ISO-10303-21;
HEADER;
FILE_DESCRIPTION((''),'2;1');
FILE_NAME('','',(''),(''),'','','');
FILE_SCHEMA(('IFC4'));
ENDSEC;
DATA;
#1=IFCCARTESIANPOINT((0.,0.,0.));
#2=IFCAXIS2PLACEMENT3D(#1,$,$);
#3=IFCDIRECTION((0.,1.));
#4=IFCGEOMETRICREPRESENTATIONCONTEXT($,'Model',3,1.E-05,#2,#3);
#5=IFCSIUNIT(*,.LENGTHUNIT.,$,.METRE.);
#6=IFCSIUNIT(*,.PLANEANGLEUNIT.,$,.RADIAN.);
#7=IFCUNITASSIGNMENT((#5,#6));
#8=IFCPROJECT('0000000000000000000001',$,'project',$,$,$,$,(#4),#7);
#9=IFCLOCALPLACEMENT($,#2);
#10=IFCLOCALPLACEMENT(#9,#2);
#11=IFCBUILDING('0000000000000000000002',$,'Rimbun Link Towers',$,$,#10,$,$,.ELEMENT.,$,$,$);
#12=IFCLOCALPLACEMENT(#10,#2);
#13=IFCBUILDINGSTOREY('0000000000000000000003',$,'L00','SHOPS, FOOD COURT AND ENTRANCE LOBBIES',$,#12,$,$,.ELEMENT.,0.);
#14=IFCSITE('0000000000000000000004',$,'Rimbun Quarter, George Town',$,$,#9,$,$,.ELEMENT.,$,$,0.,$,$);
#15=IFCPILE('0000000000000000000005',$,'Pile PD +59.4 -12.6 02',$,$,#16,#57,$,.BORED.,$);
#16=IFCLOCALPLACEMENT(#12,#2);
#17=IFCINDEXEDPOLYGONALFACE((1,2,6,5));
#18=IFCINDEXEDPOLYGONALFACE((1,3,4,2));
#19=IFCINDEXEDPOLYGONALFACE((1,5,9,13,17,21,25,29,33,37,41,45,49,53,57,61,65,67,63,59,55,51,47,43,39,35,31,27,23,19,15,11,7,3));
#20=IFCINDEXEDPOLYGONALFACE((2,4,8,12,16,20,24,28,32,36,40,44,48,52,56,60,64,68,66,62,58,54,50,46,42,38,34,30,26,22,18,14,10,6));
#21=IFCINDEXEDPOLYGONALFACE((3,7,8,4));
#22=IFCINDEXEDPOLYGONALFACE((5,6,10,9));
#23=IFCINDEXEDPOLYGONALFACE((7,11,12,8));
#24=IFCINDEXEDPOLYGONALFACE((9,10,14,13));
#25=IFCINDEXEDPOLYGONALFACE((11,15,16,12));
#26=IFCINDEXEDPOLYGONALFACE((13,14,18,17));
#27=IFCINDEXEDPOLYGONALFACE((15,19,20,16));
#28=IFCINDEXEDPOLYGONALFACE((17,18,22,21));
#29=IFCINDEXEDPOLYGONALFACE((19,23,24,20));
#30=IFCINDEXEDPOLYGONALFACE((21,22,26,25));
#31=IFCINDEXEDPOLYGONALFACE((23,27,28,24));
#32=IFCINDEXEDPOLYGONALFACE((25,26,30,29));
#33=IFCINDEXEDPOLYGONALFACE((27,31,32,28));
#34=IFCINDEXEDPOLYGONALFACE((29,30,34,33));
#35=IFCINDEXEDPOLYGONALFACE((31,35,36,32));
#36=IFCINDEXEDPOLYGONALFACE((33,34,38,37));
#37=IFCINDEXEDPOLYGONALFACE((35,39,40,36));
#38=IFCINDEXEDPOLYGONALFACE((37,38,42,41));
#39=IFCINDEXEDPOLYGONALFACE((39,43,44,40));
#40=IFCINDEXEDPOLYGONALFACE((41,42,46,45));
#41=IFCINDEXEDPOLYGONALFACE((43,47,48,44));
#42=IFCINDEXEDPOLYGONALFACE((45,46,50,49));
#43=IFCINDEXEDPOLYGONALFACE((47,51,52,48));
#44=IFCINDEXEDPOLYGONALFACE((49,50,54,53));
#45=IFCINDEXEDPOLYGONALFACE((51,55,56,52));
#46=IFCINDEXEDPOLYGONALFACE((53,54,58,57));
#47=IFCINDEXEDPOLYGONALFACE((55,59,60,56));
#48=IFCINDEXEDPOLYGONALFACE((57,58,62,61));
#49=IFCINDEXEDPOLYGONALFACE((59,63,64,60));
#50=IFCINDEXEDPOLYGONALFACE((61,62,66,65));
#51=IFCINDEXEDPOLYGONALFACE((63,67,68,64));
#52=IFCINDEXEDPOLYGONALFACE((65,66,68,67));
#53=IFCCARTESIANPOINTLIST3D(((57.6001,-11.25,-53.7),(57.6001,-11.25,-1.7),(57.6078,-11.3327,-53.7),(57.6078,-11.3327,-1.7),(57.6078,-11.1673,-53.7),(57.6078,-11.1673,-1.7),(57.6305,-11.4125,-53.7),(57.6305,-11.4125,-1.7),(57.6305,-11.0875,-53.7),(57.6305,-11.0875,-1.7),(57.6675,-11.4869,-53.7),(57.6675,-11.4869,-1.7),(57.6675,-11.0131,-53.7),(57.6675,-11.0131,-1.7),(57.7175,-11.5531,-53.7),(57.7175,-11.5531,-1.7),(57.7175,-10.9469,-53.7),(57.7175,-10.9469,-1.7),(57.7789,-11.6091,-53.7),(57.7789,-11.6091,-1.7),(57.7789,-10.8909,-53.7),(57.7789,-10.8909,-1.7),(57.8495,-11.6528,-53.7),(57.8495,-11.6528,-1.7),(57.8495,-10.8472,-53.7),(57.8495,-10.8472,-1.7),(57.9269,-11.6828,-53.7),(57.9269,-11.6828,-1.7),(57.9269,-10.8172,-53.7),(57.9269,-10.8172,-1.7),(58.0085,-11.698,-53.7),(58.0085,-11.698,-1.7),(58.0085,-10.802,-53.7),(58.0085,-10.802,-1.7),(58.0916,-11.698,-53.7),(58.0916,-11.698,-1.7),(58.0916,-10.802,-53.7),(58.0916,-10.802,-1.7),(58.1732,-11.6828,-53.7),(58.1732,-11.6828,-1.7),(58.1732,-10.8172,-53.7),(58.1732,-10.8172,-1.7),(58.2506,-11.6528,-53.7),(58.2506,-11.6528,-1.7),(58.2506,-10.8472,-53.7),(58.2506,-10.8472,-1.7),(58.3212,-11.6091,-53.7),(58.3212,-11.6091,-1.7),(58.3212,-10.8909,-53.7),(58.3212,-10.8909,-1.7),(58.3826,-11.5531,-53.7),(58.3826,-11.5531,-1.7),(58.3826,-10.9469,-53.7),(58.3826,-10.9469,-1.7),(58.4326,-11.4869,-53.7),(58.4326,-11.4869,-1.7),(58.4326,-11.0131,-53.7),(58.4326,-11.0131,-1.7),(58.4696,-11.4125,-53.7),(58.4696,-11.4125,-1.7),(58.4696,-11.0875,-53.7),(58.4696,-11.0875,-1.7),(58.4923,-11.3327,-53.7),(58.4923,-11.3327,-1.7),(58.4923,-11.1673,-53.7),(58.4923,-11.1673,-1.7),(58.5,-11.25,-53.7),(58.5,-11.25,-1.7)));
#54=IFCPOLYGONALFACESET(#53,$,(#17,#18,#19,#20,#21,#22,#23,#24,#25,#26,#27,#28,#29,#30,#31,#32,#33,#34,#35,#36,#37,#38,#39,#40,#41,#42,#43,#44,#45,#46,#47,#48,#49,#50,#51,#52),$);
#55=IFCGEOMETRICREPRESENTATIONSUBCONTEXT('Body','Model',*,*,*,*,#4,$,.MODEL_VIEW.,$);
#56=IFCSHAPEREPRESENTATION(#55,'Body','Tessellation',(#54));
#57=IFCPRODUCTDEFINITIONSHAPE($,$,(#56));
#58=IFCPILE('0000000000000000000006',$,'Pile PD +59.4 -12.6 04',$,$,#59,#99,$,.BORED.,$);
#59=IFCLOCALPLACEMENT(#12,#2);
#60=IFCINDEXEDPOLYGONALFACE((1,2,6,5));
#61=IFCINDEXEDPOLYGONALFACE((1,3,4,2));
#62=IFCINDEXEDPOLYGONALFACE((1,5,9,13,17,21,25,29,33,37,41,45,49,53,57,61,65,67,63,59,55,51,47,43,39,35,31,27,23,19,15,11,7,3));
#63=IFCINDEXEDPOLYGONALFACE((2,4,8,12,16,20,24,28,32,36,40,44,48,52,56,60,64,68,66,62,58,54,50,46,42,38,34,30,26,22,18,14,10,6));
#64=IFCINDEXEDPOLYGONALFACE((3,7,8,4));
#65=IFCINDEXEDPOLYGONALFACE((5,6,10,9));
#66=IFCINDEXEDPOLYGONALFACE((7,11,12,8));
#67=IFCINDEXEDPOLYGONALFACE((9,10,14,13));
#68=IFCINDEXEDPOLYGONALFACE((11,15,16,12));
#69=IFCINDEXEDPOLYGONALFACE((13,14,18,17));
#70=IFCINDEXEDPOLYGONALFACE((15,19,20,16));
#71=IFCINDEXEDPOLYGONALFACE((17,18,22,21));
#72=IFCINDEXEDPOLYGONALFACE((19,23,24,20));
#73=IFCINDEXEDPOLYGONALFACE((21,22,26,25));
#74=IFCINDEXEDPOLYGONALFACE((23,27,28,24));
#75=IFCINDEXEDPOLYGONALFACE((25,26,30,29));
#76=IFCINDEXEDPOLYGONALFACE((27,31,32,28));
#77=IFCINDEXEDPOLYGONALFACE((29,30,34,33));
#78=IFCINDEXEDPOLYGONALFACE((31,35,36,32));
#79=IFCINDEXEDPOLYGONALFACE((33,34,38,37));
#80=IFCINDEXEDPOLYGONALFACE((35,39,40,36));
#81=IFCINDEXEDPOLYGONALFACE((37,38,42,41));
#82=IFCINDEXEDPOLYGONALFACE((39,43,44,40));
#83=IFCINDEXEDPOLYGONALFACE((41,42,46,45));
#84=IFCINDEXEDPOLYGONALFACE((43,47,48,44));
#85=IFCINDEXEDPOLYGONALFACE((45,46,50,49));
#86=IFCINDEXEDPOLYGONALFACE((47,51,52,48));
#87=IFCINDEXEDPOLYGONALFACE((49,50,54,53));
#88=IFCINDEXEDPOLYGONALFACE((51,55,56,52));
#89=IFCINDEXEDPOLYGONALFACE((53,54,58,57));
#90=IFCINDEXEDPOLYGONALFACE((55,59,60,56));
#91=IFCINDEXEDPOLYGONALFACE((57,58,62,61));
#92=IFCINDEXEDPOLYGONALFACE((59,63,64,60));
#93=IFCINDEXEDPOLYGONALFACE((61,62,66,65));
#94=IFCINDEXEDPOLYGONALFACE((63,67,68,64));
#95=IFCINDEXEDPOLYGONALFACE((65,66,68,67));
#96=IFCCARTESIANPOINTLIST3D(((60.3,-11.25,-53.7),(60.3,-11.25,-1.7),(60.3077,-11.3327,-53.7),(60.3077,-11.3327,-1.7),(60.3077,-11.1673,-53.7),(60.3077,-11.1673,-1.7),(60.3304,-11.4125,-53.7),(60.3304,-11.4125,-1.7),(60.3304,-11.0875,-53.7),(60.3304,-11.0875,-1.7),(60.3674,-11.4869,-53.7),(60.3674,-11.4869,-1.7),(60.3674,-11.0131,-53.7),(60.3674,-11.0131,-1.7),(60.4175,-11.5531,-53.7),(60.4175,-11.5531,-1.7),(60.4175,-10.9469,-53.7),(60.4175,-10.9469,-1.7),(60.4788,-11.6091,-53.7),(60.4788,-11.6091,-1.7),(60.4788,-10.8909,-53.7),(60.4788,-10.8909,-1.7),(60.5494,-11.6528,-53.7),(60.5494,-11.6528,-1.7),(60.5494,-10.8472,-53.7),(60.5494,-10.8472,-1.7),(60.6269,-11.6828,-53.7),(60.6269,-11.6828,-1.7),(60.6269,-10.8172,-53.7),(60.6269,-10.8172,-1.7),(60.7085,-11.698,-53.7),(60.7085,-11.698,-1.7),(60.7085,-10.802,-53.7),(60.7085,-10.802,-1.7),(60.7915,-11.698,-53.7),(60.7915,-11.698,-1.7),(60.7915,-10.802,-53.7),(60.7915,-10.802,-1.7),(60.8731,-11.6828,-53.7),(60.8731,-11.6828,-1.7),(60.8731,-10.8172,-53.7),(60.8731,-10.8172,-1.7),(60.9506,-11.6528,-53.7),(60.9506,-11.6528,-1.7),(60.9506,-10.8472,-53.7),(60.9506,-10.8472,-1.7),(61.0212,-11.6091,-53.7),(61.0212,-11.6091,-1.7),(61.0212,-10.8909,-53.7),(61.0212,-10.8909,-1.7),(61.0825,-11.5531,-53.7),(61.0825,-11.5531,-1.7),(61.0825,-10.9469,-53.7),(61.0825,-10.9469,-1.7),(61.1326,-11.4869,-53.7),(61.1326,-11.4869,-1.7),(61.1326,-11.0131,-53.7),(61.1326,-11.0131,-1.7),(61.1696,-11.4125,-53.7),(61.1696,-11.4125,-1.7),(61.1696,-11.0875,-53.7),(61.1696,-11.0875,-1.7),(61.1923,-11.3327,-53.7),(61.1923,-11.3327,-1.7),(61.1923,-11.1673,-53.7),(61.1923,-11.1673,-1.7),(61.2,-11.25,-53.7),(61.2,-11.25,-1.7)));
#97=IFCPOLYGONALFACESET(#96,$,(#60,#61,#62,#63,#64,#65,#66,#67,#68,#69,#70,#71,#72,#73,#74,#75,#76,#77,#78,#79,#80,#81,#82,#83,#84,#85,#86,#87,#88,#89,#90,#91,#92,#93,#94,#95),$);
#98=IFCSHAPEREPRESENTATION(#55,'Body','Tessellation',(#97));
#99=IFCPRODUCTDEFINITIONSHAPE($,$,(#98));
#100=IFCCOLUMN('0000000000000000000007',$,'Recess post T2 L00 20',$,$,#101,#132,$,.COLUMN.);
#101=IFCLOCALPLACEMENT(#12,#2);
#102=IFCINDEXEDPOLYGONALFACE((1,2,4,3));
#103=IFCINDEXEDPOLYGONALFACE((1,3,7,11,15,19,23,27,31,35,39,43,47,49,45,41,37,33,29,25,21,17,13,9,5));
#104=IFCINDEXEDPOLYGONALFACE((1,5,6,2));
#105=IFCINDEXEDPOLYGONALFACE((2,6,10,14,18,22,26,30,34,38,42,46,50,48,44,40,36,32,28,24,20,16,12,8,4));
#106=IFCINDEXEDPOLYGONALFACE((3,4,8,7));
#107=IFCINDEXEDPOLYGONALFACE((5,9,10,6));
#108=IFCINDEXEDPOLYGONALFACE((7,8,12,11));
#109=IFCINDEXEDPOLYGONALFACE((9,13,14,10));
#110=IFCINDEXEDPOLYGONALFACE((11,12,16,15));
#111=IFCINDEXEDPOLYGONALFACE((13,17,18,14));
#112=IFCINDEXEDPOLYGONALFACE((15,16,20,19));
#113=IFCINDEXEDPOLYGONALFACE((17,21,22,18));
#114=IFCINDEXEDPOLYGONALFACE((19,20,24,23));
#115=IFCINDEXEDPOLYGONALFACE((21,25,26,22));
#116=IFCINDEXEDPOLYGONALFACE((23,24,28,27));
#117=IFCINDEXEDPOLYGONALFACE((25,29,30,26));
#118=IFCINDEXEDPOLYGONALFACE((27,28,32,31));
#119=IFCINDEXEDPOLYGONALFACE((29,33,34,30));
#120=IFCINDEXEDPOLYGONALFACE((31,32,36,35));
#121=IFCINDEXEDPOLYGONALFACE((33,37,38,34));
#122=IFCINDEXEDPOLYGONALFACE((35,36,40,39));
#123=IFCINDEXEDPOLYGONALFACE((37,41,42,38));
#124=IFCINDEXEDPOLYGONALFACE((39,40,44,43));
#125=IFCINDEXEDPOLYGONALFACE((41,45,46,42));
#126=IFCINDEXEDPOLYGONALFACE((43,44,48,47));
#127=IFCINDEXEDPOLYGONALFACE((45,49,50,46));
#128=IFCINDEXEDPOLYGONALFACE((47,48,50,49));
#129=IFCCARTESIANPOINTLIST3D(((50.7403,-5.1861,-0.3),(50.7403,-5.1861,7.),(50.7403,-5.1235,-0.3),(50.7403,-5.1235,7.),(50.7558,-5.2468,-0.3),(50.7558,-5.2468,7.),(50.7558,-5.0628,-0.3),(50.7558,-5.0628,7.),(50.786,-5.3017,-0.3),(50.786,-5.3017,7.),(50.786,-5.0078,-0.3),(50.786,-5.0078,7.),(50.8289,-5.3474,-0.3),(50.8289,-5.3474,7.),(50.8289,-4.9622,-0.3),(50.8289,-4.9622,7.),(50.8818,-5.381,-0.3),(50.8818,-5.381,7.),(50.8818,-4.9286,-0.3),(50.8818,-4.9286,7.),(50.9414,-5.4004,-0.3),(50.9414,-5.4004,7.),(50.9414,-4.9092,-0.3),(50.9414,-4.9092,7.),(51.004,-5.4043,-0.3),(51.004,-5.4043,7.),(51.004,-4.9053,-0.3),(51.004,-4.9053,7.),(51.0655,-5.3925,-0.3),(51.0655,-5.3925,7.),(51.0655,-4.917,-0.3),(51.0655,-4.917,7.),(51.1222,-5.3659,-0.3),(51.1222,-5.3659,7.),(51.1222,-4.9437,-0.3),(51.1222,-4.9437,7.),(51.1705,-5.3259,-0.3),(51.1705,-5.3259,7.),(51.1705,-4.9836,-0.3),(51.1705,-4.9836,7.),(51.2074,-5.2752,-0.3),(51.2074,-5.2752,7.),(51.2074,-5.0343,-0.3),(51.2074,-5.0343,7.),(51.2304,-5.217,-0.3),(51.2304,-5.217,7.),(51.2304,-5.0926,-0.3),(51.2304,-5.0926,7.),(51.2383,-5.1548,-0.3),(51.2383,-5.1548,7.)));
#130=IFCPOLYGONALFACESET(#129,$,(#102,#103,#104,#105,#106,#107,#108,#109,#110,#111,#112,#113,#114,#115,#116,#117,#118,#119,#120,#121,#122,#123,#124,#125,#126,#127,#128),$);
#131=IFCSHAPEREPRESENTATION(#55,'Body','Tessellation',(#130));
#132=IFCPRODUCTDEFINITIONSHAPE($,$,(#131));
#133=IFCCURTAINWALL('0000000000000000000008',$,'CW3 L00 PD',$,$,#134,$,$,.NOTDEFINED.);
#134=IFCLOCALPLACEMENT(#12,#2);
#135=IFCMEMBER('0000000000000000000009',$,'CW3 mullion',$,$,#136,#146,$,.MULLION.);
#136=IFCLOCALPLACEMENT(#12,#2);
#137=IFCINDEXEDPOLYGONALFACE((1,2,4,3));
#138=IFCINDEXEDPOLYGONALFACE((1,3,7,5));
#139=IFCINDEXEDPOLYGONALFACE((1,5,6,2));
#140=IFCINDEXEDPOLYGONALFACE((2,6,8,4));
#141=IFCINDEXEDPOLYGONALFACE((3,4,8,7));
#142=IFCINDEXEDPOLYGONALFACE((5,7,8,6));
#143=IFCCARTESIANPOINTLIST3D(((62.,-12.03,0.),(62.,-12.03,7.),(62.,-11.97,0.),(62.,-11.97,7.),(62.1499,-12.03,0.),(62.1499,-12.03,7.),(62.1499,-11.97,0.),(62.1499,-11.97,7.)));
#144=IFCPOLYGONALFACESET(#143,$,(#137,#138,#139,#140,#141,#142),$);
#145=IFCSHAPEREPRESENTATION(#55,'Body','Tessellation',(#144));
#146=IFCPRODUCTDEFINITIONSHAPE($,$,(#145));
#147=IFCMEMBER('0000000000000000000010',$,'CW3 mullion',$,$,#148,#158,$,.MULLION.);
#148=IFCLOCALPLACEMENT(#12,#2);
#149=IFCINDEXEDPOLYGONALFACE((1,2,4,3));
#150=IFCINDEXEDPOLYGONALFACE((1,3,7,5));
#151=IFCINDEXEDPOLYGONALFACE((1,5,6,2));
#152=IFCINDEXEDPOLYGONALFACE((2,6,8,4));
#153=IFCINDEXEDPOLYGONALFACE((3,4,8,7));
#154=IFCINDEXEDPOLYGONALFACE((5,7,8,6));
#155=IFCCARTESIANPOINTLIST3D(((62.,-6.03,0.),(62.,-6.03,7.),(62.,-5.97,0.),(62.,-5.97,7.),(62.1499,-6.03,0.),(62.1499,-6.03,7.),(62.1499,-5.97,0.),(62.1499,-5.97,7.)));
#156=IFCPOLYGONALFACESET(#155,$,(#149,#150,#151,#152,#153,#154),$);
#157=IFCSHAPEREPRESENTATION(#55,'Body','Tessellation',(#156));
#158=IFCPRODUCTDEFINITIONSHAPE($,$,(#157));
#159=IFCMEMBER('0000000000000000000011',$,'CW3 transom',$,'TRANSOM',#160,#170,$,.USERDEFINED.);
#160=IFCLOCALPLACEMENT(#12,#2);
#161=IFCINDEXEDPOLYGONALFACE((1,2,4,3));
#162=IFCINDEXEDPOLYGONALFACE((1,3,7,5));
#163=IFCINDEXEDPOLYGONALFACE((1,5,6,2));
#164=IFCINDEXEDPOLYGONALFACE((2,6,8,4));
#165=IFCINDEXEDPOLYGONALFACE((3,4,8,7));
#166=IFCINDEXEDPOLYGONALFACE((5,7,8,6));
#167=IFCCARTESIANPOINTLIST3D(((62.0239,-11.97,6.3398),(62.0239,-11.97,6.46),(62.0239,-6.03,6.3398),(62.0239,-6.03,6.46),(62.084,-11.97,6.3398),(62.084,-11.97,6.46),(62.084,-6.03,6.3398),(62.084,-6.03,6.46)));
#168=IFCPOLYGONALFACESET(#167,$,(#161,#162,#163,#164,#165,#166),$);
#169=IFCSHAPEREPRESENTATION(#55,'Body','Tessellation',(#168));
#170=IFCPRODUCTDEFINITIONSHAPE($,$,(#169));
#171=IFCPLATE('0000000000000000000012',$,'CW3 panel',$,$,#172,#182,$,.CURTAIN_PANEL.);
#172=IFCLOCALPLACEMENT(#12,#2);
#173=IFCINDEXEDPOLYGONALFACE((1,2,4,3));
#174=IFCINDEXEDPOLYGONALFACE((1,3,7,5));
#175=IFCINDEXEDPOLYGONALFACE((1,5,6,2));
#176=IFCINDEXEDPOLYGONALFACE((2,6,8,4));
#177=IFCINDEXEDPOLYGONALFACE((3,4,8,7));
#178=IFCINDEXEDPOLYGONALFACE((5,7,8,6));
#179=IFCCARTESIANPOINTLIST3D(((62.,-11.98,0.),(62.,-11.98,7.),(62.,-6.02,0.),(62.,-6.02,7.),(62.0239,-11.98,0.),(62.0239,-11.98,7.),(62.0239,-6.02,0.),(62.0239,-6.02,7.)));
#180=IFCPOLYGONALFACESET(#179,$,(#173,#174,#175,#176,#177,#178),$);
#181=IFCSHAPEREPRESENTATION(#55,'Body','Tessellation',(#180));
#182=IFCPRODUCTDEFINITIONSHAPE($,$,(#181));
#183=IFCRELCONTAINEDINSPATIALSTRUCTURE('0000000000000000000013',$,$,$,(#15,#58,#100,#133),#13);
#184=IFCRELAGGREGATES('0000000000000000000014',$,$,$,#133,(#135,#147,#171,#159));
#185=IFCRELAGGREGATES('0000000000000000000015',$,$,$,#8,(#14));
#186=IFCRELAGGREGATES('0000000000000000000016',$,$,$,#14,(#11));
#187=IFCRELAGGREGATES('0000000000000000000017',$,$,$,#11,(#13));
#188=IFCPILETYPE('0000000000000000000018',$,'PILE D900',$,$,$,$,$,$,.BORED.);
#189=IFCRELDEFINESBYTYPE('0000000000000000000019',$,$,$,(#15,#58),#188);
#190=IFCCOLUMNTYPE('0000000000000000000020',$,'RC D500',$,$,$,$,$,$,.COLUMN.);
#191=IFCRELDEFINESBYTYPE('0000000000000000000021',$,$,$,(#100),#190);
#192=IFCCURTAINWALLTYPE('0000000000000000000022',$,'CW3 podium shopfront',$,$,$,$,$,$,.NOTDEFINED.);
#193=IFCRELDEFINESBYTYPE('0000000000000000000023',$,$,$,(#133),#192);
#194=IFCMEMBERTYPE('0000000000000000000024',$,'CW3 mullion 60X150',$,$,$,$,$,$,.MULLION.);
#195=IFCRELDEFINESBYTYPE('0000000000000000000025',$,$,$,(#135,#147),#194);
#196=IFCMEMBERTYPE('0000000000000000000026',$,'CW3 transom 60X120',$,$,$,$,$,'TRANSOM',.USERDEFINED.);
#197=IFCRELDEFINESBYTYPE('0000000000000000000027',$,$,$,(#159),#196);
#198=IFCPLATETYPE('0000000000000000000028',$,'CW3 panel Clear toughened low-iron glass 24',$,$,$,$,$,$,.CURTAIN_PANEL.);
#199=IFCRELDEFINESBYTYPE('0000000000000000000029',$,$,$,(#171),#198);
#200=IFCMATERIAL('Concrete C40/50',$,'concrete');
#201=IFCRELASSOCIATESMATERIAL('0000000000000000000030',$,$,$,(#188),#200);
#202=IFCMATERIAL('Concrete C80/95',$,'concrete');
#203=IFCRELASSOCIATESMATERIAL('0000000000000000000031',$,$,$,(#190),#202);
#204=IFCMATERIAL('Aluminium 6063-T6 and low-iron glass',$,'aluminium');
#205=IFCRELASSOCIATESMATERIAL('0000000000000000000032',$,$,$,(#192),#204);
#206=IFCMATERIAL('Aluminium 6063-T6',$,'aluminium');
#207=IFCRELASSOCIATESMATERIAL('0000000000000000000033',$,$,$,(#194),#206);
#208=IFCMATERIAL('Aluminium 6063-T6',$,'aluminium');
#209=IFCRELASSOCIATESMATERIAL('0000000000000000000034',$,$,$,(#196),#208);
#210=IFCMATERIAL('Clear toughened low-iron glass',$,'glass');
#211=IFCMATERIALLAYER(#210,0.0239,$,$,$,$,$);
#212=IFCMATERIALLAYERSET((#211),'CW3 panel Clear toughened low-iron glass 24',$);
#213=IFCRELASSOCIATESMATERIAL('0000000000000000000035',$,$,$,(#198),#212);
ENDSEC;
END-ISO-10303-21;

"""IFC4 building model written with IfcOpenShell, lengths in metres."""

from ifc_helpers import new_model, si_unit, direction, frame, origin, origin_2d, place, context, subcontext, project, spatial, rectangle, circle, extrude, material, layer, layer_set, material_profile, profile_set, type_object, element, aggregate, save


model = new_model("IFC4")

# Units and contexts
model_context = context("Model", 3, precision=1e-05, world=origin(), true_north=direction((0.0, 1.0)))
body_context = subcontext(model_context, "Body", "Model", "MODEL_VIEW")
ifc_project = project(units=[si_unit("LENGTHUNIT", "METRE"), si_unit("PLANEANGLEUNIT", "RADIAN")], contexts=[model_context])

# Site, building, storey
site_placement = place(None, origin())
site = spatial("IfcSite", under=ifc_project, at=site_placement, Name="Rimbun Quarter, George Town", CompositionType="ELEMENT", RefElevation=0.0)
building_placement = place(site_placement, origin())
building = spatial("IfcBuilding", under=site, at=building_placement, Name="Rimbun Link Towers", CompositionType="ELEMENT")
storey_placement = place(building_placement, origin())
storey = spatial("IfcBuildingStorey", under=building, at=storey_placement, Name="L00", Description="SHOPS, FOOD COURT AND ENTRANCE LOBBIES", CompositionType="ELEMENT", Elevation=0.0)

# Piles
ifc_material_1 = material(Name="Concrete C40/50", Category="concrete")
ifc_material_profile_1 = material_profile(ifc_material_1, circle(Radius=0.45, at=origin_2d()), Name="PILE D900")
ifc_profile_set_1 = profile_set([ifc_material_profile_1], Name="Concrete C40/50")
pile_type = type_object("IfcPileType", Name="PILE D900", PredefinedType="BORED", material=ifc_profile_set_1)
for number, where, z_axis, x_axis, name in (
    (1, (58.05, -11.25, -1.7), (0.0, 0.0, -1.0), (1.0, 0.0, 0.0), "Pile PD +59.4 -12.6 02"),
    (2, (60.75, -11.25, -1.7), (0.0, 0.0, -1.0), (1.0, 0.0, 0.0), "Pile PD +59.4 -12.6 04"),
):
    element("IfcPile", number, at=place(storey_placement, frame(where, z_axis=z_axis, x_axis=x_axis)), inside=storey, type_object=pile_type, Name=name, PredefinedType="BORED", context=body_context, shape_type="SweptSolid", body=[
        extrude(circle(Radius=0.45, at=origin_2d()), origin(), (0.0, 0.0, 1.0), 52.0),
    ])

# Column
ifc_material_2 = material(Name="Concrete C80/95", Category="concrete")
ifc_material_profile_2 = material_profile(ifc_material_2, circle(Radius=0.25, at=origin_2d()), Name="RC D500")
ifc_profile_set_2 = profile_set([ifc_material_profile_2], Name="Concrete C80/95")
column_type = type_object("IfcColumnType", Name="RC D500", PredefinedType="COLUMN", material=ifc_profile_set_2)
column_placement = place(storey_placement, frame((50.9883, -5.1548, -0.3), z_axis=(0.0, 0.0, 1.0), x_axis=(1.0, 0.0, 0.0)))
element("IfcColumn", 3, at=column_placement, inside=storey, type_object=column_type, Name="Recess post T2 L00 20", PredefinedType="COLUMN", context=body_context, shape_type="SweptSolid", body=[
    extrude(circle(Radius=0.25, at=origin_2d()), origin(), (0.0, 0.0, 1.0), 7.3),
])

# Curtain wall, members, plate
ifc_material_3 = material(Name="Aluminium 6063-T6 and low-iron glass", Category="aluminium")
curtain_wall_type = type_object("IfcCurtainWallType", Name="CW3 podium shopfront", PredefinedType="NOTDEFINED", material=ifc_material_3)
curtain_wall_placement = place(storey_placement, origin())
curtain_wall = element("IfcCurtainWall", 4, at=curtain_wall_placement, inside=storey, type_object=curtain_wall_type, Name="CW3 L00 PD", PredefinedType="NOTDEFINED")
ifc_material_4 = material(Name="Aluminium 6063-T6", Category="aluminium")
ifc_material_profile_3 = material_profile(ifc_material_4, rectangle(XDim=0.1499, YDim=0.0601, at=origin_2d()), Name="MULLION 60X150")
ifc_profile_set_3 = profile_set([ifc_material_profile_3], Name="Aluminium 6063-T6")
member_type_1 = type_object("IfcMemberType", Name="CW3 mullion 60X150", PredefinedType="MULLION", material=ifc_profile_set_3)
member_1_placement = place(storey_placement, frame((62.075, -12.0, 0.0), z_axis=(0.0, 0.0, 1.0), x_axis=(1.0, 0.0, 0.0)))
member_1 = element("IfcMember", 5, at=member_1_placement, type_object=member_type_1, Name="CW3 mullion", PredefinedType="MULLION", context=body_context, shape_type="SweptSolid", body=[
    extrude(rectangle(XDim=0.1499, YDim=0.0601, at=origin_2d()), origin(), (0.0, 0.0, 1.0), 7.0),
])
member_2_placement = place(storey_placement, frame((62.075, -6.0, 0.0), z_axis=(0.0, 0.0, 1.0), x_axis=(1.0, 0.0, 0.0)))
member_2 = element("IfcMember", 6, at=member_2_placement, type_object=member_type_1, Name="CW3 mullion", PredefinedType="MULLION", context=body_context, shape_type="SweptSolid", body=[
    extrude(rectangle(XDim=0.1499, YDim=0.0601, at=origin_2d()), origin(), (0.0, 0.0, 1.0), 7.0),
])
ifc_material_5 = material(Name="Aluminium 6063-T6", Category="aluminium")
ifc_material_profile_4 = material_profile(ifc_material_5, rectangle(XDim=0.0601, YDim=0.1201, at=origin_2d()), Name="TRANSOM 60X120")
ifc_profile_set_4 = profile_set([ifc_material_profile_4], Name="Aluminium 6063-T6")
member_type_2 = type_object("IfcMemberType", Name="CW3 transom 60X120", ElementType="TRANSOM", PredefinedType="USERDEFINED", material=ifc_profile_set_4)
member_3_placement = place(storey_placement, frame((62.054, -6.03, 6.3999), z_axis=(0.0, -1.0, 0.0), x_axis=(1.0, 0.0, 0.0)))
member_3 = element("IfcMember", 7, at=member_3_placement, type_object=member_type_2, Name="CW3 transom", ObjectType="TRANSOM", PredefinedType="USERDEFINED", context=body_context, shape_type="SweptSolid", body=[
    extrude(rectangle(XDim=0.0601, YDim=0.1201, at=origin_2d()), origin(), (0.0, 0.0, 1.0), 5.9399),
])
ifc_material_6 = material(Name="Clear toughened low-iron glass", Category="glass")
ifc_layer_1 = layer(ifc_material_6, 0.0239)
ifc_layer_set_1 = layer_set([ifc_layer_1], Name="CW3 panel Clear toughened low-iron glass 24")
plate_type = type_object("IfcPlateType", Name="CW3 panel Clear toughened low-iron glass 24", PredefinedType="CURTAIN_PANEL", material=ifc_layer_set_1)
plate_placement = place(storey_placement, frame((62.012, -9.0, 0.0), z_axis=(0.0, 0.0, 1.0), x_axis=(0.0, -1.0, 0.0)))
plate = element("IfcPlate", 8, at=plate_placement, type_object=plate_type, Name="CW3 panel", PredefinedType="CURTAIN_PANEL", context=body_context, shape_type="SweptSolid", body=[
    extrude(rectangle(XDim=5.96, YDim=0.0239, at=origin_2d()), origin(), (0.0, 0.0, 1.0), 7.0),
])
aggregate(curtain_wall, [member_1, member_2, plate, member_3])

save(model, "model.ifc")
